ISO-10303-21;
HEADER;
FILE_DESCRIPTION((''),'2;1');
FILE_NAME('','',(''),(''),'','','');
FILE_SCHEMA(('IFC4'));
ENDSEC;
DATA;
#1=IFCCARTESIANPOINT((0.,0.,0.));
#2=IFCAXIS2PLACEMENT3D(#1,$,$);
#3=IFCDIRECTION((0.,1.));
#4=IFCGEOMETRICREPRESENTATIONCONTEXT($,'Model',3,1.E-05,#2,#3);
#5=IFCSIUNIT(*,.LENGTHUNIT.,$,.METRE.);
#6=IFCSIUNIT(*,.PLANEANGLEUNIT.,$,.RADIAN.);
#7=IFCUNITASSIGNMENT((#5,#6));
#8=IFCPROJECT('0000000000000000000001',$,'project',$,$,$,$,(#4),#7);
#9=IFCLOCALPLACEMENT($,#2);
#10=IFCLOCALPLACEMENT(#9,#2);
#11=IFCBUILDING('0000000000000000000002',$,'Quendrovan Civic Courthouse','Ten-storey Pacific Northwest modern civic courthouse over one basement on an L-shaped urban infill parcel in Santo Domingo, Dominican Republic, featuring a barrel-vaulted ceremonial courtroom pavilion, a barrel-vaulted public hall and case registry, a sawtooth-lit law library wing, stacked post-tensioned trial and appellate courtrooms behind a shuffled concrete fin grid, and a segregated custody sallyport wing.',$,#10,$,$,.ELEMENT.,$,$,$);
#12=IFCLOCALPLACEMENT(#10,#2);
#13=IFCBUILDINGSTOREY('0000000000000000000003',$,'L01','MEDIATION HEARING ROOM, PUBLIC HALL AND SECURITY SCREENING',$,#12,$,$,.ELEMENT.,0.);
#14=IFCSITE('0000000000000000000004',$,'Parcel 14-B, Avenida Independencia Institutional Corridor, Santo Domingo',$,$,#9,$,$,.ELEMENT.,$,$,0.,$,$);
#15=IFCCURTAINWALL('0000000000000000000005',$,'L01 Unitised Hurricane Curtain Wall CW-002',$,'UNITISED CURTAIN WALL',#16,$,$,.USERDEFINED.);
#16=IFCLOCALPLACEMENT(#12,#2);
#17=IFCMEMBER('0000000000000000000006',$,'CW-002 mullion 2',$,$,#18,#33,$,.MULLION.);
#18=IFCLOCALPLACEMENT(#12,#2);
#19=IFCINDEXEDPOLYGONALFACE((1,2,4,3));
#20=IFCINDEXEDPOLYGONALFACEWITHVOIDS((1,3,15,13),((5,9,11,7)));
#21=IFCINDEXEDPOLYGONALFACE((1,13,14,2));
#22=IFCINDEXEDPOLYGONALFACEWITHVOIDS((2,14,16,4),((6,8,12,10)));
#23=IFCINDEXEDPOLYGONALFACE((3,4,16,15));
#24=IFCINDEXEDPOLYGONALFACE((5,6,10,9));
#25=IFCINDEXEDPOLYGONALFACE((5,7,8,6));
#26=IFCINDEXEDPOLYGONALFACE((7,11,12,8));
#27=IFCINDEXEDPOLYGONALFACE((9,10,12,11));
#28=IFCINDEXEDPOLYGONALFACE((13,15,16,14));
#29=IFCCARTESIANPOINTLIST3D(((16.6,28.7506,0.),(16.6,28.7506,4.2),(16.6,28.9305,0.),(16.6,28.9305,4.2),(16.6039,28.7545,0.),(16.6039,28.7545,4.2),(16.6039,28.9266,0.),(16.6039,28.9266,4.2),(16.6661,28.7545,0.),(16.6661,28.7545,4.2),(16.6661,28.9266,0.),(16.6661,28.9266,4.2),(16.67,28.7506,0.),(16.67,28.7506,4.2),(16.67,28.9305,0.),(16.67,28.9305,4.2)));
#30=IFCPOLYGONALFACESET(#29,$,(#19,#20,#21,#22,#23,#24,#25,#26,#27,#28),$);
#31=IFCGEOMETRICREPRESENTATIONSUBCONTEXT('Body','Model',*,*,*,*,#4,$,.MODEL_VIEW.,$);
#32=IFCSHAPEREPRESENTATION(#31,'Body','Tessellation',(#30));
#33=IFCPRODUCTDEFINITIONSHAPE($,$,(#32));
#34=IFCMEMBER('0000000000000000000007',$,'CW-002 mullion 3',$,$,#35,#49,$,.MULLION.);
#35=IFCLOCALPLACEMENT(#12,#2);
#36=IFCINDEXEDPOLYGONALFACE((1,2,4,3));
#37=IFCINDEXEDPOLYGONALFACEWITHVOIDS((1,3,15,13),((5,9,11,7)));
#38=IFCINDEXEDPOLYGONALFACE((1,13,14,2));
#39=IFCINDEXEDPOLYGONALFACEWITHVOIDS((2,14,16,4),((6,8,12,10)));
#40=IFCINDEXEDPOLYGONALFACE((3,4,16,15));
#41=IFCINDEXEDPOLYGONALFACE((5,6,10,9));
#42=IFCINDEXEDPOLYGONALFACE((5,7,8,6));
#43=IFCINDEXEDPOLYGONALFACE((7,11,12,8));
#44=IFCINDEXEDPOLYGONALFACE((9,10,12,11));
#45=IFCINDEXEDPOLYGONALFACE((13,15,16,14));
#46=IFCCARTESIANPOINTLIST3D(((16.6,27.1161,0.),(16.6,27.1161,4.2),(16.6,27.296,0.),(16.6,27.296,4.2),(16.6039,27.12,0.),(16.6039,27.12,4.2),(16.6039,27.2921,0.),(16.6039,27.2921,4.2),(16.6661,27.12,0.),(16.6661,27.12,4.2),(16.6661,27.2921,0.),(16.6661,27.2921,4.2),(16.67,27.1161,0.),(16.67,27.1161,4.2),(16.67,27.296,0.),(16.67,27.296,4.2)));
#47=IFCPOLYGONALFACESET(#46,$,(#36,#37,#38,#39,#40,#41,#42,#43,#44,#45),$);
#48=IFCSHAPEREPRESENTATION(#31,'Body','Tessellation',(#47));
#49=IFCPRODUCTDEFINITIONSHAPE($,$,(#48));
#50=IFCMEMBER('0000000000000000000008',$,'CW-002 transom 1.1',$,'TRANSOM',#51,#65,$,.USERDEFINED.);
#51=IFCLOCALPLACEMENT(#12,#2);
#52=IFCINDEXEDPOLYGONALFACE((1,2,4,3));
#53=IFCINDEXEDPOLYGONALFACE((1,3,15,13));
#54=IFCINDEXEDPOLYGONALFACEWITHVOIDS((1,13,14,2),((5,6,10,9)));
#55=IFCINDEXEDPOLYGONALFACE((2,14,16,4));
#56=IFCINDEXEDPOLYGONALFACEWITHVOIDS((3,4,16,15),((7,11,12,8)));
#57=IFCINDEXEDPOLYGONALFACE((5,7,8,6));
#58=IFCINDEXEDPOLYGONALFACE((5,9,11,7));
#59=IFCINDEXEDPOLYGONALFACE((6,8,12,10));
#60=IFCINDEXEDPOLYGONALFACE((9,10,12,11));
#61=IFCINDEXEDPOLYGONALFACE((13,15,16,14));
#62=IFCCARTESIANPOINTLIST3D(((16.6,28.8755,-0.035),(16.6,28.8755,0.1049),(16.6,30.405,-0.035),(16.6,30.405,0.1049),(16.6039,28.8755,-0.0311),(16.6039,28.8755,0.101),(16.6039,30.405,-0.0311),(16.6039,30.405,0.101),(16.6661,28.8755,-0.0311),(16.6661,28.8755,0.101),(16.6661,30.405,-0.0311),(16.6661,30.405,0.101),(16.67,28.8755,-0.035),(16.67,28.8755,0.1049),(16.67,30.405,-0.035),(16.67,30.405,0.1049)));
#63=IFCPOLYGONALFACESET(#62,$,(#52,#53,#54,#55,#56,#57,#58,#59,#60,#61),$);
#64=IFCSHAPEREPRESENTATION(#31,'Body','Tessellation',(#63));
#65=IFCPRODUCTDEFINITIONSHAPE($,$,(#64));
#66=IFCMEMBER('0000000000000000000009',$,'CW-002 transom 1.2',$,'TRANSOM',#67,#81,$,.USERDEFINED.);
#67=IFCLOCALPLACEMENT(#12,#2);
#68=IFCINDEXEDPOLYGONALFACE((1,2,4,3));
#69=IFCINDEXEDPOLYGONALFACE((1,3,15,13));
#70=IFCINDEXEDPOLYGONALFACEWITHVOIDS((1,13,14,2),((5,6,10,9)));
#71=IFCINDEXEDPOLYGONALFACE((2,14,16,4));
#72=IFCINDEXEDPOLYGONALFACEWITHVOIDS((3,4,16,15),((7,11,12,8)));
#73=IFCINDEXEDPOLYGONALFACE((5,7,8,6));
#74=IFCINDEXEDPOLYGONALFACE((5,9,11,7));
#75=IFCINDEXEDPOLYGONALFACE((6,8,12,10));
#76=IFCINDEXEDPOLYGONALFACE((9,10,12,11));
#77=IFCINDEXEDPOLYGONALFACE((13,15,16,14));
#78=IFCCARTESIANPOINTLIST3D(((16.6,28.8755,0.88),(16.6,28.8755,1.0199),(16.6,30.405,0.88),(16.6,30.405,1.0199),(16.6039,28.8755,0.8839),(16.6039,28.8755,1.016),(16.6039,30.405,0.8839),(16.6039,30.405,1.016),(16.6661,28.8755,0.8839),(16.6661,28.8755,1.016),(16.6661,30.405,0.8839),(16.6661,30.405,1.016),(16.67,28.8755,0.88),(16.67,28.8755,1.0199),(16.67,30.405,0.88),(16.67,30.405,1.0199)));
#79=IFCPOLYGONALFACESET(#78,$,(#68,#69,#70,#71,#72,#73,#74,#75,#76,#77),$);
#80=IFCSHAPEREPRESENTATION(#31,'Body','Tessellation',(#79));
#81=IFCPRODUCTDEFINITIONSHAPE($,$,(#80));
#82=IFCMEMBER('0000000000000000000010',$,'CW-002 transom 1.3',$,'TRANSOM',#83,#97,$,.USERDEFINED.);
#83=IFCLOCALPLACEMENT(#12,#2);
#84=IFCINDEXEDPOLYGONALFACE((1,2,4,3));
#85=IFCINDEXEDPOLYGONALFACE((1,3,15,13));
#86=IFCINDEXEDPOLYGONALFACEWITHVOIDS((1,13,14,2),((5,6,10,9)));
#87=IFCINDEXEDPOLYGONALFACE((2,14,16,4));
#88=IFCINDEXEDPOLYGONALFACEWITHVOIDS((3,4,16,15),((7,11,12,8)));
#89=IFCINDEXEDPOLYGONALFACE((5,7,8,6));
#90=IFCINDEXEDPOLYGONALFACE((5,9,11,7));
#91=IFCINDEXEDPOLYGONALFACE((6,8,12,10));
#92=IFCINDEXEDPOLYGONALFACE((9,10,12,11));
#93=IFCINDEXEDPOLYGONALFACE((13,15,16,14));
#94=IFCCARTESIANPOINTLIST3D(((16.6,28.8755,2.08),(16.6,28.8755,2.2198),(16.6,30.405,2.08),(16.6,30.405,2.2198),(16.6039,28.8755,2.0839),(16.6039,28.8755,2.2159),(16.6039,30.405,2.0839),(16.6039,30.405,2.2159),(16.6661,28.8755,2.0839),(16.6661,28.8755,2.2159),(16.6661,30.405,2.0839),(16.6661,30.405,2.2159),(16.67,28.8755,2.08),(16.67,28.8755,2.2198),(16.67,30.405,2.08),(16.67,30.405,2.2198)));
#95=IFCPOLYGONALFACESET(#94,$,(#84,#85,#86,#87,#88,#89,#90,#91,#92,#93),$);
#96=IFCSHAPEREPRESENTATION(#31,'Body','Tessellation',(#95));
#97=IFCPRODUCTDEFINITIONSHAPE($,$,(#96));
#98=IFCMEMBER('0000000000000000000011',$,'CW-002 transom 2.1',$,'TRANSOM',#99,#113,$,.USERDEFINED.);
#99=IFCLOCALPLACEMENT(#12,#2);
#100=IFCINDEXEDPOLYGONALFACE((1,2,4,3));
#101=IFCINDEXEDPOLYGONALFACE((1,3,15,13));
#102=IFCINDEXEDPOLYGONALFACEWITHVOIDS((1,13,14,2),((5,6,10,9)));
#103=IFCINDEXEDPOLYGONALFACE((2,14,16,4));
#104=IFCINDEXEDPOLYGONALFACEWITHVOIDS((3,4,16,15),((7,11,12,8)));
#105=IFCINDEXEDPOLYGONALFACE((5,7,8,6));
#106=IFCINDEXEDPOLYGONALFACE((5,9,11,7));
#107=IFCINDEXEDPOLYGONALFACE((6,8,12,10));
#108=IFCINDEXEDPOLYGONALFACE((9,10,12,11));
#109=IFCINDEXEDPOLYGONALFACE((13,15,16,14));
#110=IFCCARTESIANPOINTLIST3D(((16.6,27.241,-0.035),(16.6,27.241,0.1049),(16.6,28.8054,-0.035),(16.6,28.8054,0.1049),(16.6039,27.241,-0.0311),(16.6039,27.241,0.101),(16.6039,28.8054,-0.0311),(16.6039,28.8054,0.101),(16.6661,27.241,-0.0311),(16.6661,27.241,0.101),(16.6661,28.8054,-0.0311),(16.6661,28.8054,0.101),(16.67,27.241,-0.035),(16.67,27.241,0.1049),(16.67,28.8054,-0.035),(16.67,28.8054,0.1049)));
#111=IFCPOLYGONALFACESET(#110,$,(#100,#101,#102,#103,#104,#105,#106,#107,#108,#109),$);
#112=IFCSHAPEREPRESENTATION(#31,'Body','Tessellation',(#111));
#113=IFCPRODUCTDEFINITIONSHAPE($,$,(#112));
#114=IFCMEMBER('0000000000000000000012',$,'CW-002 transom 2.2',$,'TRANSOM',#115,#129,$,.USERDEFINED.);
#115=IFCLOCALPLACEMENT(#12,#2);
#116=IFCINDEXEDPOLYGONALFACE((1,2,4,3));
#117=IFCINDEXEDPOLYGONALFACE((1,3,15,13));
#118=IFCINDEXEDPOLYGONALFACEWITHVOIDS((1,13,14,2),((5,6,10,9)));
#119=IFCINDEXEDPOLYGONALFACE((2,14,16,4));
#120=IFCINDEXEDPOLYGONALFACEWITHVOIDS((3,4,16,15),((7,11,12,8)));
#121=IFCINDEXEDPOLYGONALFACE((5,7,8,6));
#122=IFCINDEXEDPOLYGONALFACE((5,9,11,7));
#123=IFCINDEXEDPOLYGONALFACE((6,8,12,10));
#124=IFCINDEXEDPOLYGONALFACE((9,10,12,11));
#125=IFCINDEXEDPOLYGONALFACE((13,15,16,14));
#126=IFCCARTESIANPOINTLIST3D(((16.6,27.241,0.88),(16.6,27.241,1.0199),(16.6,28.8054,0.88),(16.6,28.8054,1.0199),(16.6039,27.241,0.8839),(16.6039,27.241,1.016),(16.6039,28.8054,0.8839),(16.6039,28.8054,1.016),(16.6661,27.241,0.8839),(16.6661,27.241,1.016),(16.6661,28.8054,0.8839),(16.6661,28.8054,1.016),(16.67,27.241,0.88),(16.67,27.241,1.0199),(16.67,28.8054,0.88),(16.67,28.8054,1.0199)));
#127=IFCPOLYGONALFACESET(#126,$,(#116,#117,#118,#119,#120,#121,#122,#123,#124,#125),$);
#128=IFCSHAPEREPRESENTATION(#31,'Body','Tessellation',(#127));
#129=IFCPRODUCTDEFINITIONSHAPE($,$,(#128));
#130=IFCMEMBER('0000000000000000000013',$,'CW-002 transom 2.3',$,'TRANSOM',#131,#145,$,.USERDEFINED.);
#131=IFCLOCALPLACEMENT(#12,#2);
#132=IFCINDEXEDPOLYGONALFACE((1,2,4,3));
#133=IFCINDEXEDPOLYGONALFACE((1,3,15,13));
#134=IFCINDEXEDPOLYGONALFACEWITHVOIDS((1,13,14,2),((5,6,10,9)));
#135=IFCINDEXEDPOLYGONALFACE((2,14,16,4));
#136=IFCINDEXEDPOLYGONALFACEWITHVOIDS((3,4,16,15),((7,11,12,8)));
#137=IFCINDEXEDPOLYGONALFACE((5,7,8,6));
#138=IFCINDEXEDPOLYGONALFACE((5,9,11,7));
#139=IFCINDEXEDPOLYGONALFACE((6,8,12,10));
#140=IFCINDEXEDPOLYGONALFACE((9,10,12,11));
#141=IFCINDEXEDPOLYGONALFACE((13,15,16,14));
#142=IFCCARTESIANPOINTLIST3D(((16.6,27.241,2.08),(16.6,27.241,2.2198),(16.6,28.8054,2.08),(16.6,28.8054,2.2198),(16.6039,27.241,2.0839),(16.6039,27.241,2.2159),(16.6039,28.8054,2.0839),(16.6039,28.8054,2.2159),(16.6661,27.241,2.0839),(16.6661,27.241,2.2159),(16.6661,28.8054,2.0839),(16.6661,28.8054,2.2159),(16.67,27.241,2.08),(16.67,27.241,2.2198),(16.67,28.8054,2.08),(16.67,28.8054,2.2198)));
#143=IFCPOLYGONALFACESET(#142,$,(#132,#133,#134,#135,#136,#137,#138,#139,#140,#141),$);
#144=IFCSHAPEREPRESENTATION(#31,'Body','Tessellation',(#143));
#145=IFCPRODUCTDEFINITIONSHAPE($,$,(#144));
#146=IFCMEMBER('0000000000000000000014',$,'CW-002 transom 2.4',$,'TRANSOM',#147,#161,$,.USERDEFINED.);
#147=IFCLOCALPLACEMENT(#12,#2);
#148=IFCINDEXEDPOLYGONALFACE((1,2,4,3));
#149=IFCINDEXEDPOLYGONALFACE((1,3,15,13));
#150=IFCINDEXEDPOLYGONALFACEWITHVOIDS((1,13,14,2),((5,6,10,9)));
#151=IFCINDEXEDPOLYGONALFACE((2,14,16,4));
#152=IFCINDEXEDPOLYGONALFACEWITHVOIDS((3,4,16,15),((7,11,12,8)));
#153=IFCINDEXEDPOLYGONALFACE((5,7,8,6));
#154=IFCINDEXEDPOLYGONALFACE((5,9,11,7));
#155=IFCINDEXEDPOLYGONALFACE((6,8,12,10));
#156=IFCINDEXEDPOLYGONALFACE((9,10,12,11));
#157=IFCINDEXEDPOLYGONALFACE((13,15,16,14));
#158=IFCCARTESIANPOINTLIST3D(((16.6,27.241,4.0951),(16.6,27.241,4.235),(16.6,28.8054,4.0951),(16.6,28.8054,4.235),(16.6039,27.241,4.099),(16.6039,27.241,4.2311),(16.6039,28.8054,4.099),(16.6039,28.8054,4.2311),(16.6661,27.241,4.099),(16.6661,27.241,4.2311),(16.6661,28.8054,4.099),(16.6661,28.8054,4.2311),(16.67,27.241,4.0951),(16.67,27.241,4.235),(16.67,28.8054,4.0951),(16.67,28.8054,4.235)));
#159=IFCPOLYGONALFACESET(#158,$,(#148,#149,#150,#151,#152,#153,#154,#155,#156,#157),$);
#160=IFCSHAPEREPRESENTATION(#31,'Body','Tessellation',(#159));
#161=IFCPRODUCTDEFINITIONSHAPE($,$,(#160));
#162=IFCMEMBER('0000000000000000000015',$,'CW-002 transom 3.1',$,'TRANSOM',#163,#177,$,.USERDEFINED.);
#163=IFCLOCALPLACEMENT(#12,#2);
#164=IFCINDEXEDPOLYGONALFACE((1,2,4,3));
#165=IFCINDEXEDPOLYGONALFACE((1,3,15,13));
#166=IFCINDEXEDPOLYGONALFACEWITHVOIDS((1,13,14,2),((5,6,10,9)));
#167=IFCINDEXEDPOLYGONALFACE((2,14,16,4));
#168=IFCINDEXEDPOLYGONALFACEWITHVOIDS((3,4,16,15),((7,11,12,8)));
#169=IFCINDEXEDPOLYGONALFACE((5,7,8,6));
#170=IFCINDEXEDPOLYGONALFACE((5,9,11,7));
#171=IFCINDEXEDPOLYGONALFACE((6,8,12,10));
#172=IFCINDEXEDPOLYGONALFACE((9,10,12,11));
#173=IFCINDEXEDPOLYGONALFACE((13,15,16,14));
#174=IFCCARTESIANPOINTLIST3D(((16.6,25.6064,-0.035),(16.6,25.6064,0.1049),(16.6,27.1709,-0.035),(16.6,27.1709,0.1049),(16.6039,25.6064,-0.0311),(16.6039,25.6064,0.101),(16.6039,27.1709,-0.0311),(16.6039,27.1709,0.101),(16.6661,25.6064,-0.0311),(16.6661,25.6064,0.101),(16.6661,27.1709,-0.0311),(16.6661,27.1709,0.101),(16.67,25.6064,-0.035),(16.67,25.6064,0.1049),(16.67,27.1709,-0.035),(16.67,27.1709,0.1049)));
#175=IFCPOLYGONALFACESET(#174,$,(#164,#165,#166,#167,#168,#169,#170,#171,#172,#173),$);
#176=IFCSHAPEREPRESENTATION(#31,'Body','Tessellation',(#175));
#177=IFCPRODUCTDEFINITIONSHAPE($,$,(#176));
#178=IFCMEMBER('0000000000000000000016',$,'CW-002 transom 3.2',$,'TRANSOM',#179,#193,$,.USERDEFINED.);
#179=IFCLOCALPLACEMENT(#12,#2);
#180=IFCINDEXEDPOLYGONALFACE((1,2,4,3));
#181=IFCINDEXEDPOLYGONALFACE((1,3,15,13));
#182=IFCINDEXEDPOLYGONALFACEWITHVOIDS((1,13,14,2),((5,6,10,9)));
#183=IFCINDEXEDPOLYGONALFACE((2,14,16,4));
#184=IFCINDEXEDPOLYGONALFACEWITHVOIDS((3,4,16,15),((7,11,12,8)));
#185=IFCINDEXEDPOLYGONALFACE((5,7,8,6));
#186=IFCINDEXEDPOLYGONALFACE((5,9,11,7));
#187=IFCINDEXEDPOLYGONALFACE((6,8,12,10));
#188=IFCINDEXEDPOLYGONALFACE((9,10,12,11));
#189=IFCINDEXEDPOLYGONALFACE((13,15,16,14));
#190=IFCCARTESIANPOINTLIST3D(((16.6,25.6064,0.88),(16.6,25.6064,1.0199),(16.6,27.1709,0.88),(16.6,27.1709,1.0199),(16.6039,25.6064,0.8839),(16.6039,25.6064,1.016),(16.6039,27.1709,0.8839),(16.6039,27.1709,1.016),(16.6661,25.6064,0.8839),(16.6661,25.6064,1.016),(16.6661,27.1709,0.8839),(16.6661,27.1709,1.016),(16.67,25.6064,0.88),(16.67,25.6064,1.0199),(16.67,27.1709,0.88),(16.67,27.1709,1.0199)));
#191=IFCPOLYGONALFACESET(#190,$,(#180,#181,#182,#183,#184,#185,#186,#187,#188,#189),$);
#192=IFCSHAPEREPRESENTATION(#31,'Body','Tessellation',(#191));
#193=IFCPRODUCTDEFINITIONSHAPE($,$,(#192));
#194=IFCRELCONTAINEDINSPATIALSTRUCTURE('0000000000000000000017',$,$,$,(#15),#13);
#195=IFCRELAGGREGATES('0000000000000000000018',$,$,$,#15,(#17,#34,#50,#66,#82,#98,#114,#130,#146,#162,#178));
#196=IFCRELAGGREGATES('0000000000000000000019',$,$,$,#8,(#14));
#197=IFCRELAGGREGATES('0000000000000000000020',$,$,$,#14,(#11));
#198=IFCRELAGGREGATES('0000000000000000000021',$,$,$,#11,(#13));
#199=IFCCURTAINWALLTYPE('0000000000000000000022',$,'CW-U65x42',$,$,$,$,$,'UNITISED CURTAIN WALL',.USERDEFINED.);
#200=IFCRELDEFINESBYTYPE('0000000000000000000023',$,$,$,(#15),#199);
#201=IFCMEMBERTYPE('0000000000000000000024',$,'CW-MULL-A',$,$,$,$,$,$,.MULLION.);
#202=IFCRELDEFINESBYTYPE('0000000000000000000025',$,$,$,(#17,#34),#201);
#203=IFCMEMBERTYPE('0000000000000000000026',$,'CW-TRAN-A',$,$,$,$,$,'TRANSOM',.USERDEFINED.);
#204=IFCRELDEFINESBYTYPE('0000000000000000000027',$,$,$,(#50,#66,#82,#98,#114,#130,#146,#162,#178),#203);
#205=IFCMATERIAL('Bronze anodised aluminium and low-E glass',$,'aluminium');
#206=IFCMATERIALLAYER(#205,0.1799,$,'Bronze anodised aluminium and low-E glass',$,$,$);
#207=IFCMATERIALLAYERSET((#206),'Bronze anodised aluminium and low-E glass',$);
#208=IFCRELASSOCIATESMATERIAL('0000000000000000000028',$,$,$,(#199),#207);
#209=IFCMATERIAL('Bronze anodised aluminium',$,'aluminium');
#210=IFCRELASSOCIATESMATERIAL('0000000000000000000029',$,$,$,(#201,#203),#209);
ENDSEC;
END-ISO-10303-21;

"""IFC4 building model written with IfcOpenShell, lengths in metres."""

from ifc_helpers import new_model, si_unit, direction, frame, origin, origin_2d, place, context, subcontext, project, spatial, hollow_rectangle, extrude, material, layer, layer_set, material_profile, profile_set, type_object, element, aggregate, save


model = new_model("IFC4")

# Units and contexts
model_context = context("Model", 3, precision=1e-05, world=origin(), true_north=direction((0.0, 1.0)))
body_context = subcontext(model_context, "Body", "Model", "MODEL_VIEW")
ifc_project = project(units=[si_unit("LENGTHUNIT", "METRE"), si_unit("PLANEANGLEUNIT", "RADIAN")], contexts=[model_context])

# Site, building, storey
site_placement = place(None, origin())
site = spatial("IfcSite", under=ifc_project, at=site_placement, Name="Parcel 14-B, Avenida Independencia Institutional Corridor, Santo Domingo", CompositionType="ELEMENT", RefElevation=0.0)
building_placement = place(site_placement, origin())
building = spatial("IfcBuilding", under=site, at=building_placement, Name="Quendrovan Civic Courthouse", Description="Ten-storey Pacific Northwest modern civic courthouse over one basement on an L-shaped urban infill parcel in Santo Domingo, Dominican Republic, featuring a barrel-vaulted ceremonial courtroom pavilion, a barrel-vaulted public hall and case registry, a sawtooth-lit law library wing, stacked post-tensioned trial and appellate courtrooms behind a shuffled concrete fin grid, and a segregated custody sallyport wing.", CompositionType="ELEMENT")
storey_placement = place(building_placement, origin())
storey = spatial("IfcBuildingStorey", under=building, at=storey_placement, Name="L01", Description="MEDIATION HEARING ROOM, PUBLIC HALL AND SECURITY SCREENING", CompositionType="ELEMENT", Elevation=0.0)

# Curtain wall, members
ifc_material_1 = material(Name="Bronze anodised aluminium and low-E glass", Category="aluminium")
ifc_layer_1 = layer(ifc_material_1, 0.1799, Name="Bronze anodised aluminium and low-E glass")
ifc_layer_set_1 = layer_set([ifc_layer_1], Name="Bronze anodised aluminium and low-E glass")
curtain_wall_type = type_object("IfcCurtainWallType", Name="CW-U65x42", ElementType="UNITISED CURTAIN WALL", PredefinedType="USERDEFINED", material=ifc_layer_set_1)
curtain_wall_placement = place(storey_placement, origin())
curtain_wall = element("IfcCurtainWall", 1, at=curtain_wall_placement, inside=storey, type_object=curtain_wall_type, Name="L01 Unitised Hurricane Curtain Wall CW-002", ObjectType="UNITISED CURTAIN WALL", PredefinedType="USERDEFINED")
ifc_material_2 = material(Name="Bronze anodised aluminium", Category="aluminium")
ifc_material_profile_1 = material_profile(ifc_material_2, hollow_rectangle(XDim=0.0701, YDim=0.1799, WallThickness=0.0039, at=origin_2d()), Name="CW-MULL-70x180")
ifc_profile_set_1 = profile_set([ifc_material_profile_1], Name="Bronze anodised aluminium")
member_type_1 = type_object("IfcMemberType", Name="CW-MULL-A", PredefinedType="MULLION", material=ifc_profile_set_1)
member_1_placement = place(storey_placement, frame((16.635, 28.8406, 0.0), z_axis=(0.0, 0.0, 1.0), x_axis=(1.0, 0.0, 0.0)))
member_1 = element("IfcMember", 2, at=member_1_placement, type_object=member_type_1, Name="CW-002 mullion 2", PredefinedType="MULLION", context=body_context, shape_type="SweptSolid", body=[
    extrude(hollow_rectangle(XDim=0.0701, YDim=0.1799, WallThickness=0.0039, at=origin_2d()), origin(), (0.0, 0.0, 1.0), 4.2),
])
member_2_placement = place(storey_placement, frame((16.635, 27.2061, 0.0), z_axis=(0.0, 0.0, 1.0), x_axis=(1.0, 0.0, 0.0)))
member_2 = element("IfcMember", 3, at=member_2_placement, type_object=member_type_1, Name="CW-002 mullion 3", PredefinedType="MULLION", context=body_context, shape_type="SweptSolid", body=[
    extrude(hollow_rectangle(XDim=0.0701, YDim=0.1799, WallThickness=0.0039, at=origin_2d()), origin(), (0.0, 0.0, 1.0), 4.2),
])
ifc_material_profile_2 = material_profile(ifc_material_2, hollow_rectangle(XDim=0.0701, YDim=0.1399, WallThickness=0.0039, at=origin_2d()), Name="CW-TRAN-70x140")
ifc_profile_set_2 = profile_set([ifc_material_profile_2], Name="Bronze anodised aluminium")
member_type_2 = type_object("IfcMemberType", Name="CW-TRAN-A", ElementType="TRANSOM", PredefinedType="USERDEFINED", material=ifc_profile_set_2)
member_3_placement = place(storey_placement, frame((16.635, 30.405, 0.0349), z_axis=(0.0, -1.0, 0.0), x_axis=(1.0, 0.0, 0.0)))
member_3 = element("IfcMember", 4, at=member_3_placement, type_object=member_type_2, Name="CW-002 transom 1.1", ObjectType="TRANSOM", PredefinedType="USERDEFINED", context=body_context, shape_type="SweptSolid", body=[
    extrude(hollow_rectangle(XDim=0.0701, YDim=0.1399, WallThickness=0.0039, at=origin_2d()), origin(), (0.0, 0.0, 1.0), 1.5295),
])
member_4_placement = place(storey_placement, frame((16.635, 30.405, 0.95), z_axis=(0.0, -1.0, 0.0), x_axis=(1.0, 0.0, 0.0)))
member_4 = element("IfcMember", 5, at=member_4_placement, type_object=member_type_2, Name="CW-002 transom 1.2", ObjectType="TRANSOM", PredefinedType="USERDEFINED", context=body_context, shape_type="SweptSolid", body=[
    extrude(hollow_rectangle(XDim=0.0701, YDim=0.1399, WallThickness=0.0039, at=origin_2d()), origin(), (0.0, 0.0, 1.0), 1.5295),
])
member_5_placement = place(storey_placement, frame((16.635, 30.405, 2.1499), z_axis=(0.0, -1.0, 0.0), x_axis=(1.0, 0.0, 0.0)))
member_5 = element("IfcMember", 6, at=member_5_placement, type_object=member_type_2, Name="CW-002 transom 1.3", ObjectType="TRANSOM", PredefinedType="USERDEFINED", context=body_context, shape_type="SweptSolid", body=[
    extrude(hollow_rectangle(XDim=0.0701, YDim=0.1399, WallThickness=0.0039, at=origin_2d()), origin(), (0.0, 0.0, 1.0), 1.5295),
])
member_6_placement = place(storey_placement, frame((16.635, 28.8054, 0.0349), z_axis=(0.0, -1.0, 0.0), x_axis=(1.0, 0.0, 0.0)))
member_6 = element("IfcMember", 7, at=member_6_placement, type_object=member_type_2, Name="CW-002 transom 2.1", ObjectType="TRANSOM", PredefinedType="USERDEFINED", context=body_context, shape_type="SweptSolid", body=[
    extrude(hollow_rectangle(XDim=0.0701, YDim=0.1399, WallThickness=0.0039, at=origin_2d()), origin(), (0.0, 0.0, 1.0), 1.5645),
])
member_7_placement = place(storey_placement, frame((16.635, 28.8054, 0.95), z_axis=(0.0, -1.0, 0.0), x_axis=(1.0, 0.0, 0.0)))
member_7 = element("IfcMember", 8, at=member_7_placement, type_object=member_type_2, Name="CW-002 transom 2.2", ObjectType="TRANSOM", PredefinedType="USERDEFINED", context=body_context, shape_type="SweptSolid", body=[
    extrude(hollow_rectangle(XDim=0.0701, YDim=0.1399, WallThickness=0.0039, at=origin_2d()), origin(), (0.0, 0.0, 1.0), 1.5645),
])
member_8_placement = place(storey_placement, frame((16.635, 28.8054, 2.1499), z_axis=(0.0, -1.0, 0.0), x_axis=(1.0, 0.0, 0.0)))
member_8 = element("IfcMember", 9, at=member_8_placement, type_object=member_type_2, Name="CW-002 transom 2.3", ObjectType="TRANSOM", PredefinedType="USERDEFINED", context=body_context, shape_type="SweptSolid", body=[
    extrude(hollow_rectangle(XDim=0.0701, YDim=0.1399, WallThickness=0.0039, at=origin_2d()), origin(), (0.0, 0.0, 1.0), 1.5645),
])
member_9_placement = place(storey_placement, frame((16.635, 28.8054, 4.165), z_axis=(0.0, -1.0, 0.0), x_axis=(1.0, 0.0, 0.0)))
member_9 = element("IfcMember", 10, at=member_9_placement, type_object=member_type_2, Name="CW-002 transom 2.4", ObjectType="TRANSOM", PredefinedType="USERDEFINED", context=body_context, shape_type="SweptSolid", body=[
    extrude(hollow_rectangle(XDim=0.0701, YDim=0.1399, WallThickness=0.0039, at=origin_2d()), origin(), (0.0, 0.0, 1.0), 1.5645),
])
member_10_placement = place(storey_placement, frame((16.635, 27.1709, 0.0349), z_axis=(0.0, -1.0, 0.0), x_axis=(1.0, 0.0, 0.0)))
member_10 = element("IfcMember", 11, at=member_10_placement, type_object=member_type_2, Name="CW-002 transom 3.1", ObjectType="TRANSOM", PredefinedType="USERDEFINED", context=body_context, shape_type="SweptSolid", body=[
    extrude(hollow_rectangle(XDim=0.0701, YDim=0.1399, WallThickness=0.0039, at=origin_2d()), origin(), (0.0, 0.0, 1.0), 1.5645),
])
member_11_placement = place(storey_placement, frame((16.635, 27.1709, 0.95), z_axis=(0.0, -1.0, 0.0), x_axis=(1.0, 0.0, 0.0)))
member_11 = element("IfcMember", 12, at=member_11_placement, type_object=member_type_2, Name="CW-002 transom 3.2", ObjectType="TRANSOM", PredefinedType="USERDEFINED", context=body_context, shape_type="SweptSolid", body=[
    extrude(hollow_rectangle(XDim=0.0701, YDim=0.1399, WallThickness=0.0039, at=origin_2d()), origin(), (0.0, 0.0, 1.0), 1.5645),
])
aggregate(curtain_wall, [member_1, member_2, member_3, member_4, member_5, member_6, member_7, member_8, member_9, member_10, member_11])

save(model, "model.ifc")
